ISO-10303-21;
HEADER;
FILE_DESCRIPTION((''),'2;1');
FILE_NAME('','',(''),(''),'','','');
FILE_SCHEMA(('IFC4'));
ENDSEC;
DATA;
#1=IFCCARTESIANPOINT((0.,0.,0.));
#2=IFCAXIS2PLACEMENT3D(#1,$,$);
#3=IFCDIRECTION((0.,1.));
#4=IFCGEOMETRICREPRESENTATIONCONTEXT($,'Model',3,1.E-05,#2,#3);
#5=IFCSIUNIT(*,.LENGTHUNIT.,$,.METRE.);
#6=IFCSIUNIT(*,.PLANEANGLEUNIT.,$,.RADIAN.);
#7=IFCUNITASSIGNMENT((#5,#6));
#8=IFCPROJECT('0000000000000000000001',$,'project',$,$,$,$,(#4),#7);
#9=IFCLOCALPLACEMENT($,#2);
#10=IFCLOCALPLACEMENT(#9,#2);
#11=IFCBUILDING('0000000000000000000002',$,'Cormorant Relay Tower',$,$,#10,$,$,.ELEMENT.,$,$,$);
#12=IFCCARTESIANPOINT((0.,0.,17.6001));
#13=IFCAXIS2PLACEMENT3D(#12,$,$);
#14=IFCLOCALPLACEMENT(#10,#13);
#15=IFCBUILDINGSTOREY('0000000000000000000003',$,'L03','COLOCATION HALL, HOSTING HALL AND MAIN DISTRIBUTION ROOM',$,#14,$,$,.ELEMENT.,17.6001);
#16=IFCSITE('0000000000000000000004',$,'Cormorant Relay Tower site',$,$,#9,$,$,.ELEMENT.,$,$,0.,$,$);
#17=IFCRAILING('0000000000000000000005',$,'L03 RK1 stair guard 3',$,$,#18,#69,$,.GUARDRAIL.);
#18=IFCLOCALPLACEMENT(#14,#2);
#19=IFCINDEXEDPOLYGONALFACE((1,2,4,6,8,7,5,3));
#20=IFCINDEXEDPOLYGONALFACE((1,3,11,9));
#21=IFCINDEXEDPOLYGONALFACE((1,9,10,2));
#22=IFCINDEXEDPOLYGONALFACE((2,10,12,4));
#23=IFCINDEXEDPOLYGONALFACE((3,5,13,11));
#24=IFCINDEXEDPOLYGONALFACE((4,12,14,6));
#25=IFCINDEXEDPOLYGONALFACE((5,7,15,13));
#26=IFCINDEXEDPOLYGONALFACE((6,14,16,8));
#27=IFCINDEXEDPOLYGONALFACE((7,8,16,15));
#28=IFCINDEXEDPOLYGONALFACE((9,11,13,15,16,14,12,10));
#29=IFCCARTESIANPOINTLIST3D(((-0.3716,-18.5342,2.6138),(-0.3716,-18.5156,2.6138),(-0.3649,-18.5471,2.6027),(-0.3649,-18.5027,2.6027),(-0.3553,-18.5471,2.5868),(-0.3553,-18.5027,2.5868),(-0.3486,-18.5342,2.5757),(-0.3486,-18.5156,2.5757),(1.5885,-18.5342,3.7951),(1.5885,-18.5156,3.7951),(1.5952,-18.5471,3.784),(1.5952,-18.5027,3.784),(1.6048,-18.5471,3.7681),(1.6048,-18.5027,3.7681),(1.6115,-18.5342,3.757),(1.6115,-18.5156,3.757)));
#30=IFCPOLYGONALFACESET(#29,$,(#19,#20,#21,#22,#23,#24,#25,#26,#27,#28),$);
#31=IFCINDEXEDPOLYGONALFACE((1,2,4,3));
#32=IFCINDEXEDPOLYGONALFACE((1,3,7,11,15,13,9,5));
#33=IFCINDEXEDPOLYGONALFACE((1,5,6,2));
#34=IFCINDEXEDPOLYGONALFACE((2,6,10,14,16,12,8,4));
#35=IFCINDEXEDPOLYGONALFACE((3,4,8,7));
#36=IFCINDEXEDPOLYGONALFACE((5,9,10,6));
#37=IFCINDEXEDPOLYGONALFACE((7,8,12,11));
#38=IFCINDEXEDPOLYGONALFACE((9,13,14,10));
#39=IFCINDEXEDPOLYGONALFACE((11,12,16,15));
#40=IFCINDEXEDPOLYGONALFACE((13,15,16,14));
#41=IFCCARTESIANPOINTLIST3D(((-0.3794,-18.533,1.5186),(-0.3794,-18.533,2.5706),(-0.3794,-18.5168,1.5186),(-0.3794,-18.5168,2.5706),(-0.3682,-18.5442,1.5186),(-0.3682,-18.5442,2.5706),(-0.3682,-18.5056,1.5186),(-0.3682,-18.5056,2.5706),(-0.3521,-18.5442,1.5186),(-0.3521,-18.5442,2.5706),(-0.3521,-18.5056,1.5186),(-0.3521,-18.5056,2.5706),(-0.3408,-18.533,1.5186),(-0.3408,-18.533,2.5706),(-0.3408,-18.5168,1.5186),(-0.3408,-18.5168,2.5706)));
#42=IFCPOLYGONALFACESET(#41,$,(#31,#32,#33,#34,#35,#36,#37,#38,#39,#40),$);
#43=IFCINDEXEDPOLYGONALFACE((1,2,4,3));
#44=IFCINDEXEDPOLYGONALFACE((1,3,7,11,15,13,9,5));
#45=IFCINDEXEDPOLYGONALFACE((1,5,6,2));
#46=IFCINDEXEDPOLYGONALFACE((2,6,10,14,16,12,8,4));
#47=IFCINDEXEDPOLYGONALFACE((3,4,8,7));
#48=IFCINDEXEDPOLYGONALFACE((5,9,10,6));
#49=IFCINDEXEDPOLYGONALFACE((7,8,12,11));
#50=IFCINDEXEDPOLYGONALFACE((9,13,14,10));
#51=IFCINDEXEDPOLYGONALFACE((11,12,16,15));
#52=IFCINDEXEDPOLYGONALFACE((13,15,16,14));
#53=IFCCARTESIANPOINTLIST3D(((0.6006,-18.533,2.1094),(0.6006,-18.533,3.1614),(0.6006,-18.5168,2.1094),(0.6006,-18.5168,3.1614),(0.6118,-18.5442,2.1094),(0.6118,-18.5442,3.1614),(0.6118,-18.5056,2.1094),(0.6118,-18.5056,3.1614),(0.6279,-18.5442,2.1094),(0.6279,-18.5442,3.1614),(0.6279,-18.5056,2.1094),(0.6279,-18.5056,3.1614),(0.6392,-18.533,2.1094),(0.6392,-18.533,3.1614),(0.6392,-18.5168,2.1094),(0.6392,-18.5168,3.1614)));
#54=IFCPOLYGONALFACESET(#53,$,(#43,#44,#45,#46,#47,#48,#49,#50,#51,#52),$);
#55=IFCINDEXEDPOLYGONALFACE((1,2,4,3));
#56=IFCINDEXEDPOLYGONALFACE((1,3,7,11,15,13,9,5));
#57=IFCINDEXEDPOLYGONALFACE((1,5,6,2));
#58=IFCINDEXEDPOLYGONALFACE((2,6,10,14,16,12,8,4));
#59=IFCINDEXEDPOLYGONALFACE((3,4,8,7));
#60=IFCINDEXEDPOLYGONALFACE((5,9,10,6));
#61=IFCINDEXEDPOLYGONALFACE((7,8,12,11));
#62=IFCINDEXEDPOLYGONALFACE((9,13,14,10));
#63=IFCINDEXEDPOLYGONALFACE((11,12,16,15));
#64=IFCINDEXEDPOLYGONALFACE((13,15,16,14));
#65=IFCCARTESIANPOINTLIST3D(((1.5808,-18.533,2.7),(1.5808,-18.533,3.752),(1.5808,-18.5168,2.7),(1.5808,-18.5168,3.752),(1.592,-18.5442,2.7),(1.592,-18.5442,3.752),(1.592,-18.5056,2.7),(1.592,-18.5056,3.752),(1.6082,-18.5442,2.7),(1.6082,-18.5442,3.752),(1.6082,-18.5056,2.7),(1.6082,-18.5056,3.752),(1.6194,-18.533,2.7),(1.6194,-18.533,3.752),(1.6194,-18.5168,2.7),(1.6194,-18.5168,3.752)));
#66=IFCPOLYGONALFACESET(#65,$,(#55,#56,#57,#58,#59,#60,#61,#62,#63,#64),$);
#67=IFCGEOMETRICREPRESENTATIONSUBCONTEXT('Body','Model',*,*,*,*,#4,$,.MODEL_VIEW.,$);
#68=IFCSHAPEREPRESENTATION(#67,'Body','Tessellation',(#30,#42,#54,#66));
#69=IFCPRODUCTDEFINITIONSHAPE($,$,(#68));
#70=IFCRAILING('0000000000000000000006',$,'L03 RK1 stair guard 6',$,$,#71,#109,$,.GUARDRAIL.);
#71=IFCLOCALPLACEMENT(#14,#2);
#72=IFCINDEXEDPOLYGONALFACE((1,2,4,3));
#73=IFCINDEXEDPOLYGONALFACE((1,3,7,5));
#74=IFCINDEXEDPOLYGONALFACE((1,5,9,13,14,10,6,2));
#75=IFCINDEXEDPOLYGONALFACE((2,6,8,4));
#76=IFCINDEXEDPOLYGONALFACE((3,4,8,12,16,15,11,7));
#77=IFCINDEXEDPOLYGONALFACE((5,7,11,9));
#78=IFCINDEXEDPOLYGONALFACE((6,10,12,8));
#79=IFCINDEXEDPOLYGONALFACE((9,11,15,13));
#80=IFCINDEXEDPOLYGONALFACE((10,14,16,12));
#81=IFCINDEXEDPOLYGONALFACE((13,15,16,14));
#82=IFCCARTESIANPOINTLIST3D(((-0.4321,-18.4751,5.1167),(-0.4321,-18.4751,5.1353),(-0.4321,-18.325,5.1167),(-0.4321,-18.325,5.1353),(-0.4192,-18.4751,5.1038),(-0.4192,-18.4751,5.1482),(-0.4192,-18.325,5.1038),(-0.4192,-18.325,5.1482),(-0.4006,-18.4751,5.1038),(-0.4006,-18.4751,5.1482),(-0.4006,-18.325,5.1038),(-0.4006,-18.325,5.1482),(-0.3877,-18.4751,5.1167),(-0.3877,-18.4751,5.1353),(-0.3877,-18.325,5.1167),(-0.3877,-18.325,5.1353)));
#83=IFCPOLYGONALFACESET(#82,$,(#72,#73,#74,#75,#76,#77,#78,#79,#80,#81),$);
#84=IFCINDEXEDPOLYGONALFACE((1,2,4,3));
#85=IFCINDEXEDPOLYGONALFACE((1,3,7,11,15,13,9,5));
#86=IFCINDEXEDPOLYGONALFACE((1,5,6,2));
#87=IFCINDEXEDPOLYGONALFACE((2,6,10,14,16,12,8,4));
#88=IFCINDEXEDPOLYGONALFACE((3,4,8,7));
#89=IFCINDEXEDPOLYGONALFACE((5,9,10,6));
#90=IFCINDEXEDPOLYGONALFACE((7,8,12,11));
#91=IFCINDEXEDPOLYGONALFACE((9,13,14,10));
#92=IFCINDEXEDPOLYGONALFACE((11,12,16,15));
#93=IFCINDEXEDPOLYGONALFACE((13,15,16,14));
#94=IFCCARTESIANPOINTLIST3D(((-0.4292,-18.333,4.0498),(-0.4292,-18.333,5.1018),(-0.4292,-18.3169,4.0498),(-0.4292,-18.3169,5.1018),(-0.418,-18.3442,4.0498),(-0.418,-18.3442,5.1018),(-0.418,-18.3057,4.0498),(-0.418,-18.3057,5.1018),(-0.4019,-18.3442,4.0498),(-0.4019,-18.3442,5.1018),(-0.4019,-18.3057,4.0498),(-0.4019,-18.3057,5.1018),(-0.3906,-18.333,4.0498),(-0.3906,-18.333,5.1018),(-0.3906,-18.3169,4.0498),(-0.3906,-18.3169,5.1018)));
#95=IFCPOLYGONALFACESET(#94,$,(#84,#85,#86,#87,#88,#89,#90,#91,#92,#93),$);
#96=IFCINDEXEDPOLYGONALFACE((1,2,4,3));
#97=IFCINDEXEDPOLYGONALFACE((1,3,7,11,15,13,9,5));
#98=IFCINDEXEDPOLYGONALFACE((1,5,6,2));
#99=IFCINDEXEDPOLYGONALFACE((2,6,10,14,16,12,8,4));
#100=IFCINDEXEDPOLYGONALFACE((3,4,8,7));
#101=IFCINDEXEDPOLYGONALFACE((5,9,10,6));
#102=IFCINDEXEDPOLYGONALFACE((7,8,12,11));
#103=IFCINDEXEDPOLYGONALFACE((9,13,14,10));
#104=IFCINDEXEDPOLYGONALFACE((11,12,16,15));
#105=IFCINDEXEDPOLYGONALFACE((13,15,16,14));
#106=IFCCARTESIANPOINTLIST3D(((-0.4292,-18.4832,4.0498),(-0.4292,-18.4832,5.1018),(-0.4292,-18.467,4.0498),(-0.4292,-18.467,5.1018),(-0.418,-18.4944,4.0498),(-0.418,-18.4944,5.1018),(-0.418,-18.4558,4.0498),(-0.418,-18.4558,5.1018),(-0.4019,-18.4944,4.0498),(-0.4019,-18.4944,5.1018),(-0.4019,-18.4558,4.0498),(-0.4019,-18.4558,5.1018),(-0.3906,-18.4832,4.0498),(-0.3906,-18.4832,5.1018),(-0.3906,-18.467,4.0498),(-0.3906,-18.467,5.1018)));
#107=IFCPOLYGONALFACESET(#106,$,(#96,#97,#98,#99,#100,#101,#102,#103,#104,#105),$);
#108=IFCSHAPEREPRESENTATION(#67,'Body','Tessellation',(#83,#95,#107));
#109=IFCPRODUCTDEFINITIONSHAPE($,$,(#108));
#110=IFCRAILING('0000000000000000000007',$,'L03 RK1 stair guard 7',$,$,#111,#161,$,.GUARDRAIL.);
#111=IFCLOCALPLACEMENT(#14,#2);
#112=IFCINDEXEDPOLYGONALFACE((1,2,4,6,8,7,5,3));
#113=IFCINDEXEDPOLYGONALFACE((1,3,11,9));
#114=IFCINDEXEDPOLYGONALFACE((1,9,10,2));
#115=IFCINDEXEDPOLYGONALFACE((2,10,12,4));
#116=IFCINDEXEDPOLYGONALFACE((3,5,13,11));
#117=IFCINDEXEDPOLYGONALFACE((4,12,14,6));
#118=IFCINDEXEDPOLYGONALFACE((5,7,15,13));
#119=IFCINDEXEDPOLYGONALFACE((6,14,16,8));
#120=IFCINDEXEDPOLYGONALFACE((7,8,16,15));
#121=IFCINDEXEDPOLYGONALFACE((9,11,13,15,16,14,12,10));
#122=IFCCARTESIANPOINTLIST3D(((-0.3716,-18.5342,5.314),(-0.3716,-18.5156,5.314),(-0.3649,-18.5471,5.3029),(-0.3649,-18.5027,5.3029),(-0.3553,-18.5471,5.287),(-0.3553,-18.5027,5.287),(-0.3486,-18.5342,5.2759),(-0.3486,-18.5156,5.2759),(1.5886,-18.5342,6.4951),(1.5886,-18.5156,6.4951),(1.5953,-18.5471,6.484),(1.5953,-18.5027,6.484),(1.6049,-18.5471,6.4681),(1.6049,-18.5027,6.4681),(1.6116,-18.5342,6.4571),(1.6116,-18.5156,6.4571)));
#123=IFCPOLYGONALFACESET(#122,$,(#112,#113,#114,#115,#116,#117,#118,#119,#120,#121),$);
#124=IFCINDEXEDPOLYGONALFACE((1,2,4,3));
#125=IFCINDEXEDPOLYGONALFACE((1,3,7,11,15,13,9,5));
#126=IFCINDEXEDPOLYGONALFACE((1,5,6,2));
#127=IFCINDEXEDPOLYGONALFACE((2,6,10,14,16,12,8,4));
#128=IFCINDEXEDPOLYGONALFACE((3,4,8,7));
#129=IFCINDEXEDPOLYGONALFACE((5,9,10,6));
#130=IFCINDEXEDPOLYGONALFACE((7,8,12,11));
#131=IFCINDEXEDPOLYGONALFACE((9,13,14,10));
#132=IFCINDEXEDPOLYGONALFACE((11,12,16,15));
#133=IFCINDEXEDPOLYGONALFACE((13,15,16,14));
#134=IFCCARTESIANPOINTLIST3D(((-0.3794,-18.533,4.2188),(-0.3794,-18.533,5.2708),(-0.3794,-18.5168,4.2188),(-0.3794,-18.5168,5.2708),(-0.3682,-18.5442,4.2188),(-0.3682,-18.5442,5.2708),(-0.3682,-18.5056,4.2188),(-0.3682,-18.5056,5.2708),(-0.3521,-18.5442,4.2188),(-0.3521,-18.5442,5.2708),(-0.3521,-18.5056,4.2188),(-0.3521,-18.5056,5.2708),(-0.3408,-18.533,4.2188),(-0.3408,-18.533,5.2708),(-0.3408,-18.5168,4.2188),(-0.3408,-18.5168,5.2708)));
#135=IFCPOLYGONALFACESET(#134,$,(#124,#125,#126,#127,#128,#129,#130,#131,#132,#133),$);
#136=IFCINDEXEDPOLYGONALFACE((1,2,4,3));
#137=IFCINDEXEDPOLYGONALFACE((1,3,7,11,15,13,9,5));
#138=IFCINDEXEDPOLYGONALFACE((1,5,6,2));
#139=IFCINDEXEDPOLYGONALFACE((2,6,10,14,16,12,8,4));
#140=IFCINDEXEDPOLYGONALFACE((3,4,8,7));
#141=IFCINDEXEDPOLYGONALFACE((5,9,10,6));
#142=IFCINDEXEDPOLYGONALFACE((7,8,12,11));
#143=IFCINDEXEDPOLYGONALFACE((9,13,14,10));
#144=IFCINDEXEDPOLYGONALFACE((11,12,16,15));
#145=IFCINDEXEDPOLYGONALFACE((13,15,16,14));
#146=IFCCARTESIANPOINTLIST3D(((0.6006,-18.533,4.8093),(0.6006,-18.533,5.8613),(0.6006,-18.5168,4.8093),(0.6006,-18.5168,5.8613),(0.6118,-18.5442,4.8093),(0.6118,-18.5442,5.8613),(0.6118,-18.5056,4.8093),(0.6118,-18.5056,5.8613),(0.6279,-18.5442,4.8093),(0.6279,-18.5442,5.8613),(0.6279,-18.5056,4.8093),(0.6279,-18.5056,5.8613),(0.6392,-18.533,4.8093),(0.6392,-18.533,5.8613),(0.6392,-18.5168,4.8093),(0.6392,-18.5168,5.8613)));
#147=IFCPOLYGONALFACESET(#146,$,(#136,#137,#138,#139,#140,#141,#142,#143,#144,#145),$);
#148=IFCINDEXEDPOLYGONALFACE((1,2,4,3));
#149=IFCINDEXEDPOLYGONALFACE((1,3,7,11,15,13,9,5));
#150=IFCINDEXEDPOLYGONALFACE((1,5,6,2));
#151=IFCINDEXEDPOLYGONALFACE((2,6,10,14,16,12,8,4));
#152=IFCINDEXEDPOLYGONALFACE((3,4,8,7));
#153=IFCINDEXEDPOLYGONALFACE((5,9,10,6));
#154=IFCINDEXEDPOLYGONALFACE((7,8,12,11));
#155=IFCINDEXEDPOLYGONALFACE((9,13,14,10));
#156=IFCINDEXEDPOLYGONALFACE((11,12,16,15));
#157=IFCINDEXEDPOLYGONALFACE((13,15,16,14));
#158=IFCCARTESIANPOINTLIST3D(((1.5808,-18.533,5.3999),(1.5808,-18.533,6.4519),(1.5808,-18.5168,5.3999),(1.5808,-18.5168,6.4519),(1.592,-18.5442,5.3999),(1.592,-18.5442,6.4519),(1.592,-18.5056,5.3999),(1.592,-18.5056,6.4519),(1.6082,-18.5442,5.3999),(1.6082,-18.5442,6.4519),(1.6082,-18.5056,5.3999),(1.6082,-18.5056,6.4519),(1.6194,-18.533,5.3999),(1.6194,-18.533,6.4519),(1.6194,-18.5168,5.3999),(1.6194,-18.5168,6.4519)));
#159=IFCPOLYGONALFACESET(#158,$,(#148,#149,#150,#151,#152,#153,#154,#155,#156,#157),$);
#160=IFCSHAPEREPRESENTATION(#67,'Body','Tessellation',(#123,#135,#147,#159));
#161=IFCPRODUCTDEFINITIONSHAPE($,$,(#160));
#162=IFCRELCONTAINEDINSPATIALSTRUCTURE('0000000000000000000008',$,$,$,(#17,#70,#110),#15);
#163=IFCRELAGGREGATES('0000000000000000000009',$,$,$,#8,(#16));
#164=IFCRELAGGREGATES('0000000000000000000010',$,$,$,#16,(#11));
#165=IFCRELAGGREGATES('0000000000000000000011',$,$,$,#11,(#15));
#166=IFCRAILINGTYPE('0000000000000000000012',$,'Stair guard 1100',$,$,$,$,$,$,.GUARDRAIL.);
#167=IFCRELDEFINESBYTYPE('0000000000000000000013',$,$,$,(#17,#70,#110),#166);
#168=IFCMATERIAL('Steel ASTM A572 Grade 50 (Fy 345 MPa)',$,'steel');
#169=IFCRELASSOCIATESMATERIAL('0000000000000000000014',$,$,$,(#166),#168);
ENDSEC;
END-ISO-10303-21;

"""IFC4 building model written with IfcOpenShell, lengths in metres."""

from ifc_helpers import new_model, si_unit, direction, frame, origin, place, context, subcontext, project, spatial, polyline, outline, extrude, material, type_object, element, save


model = new_model("IFC4")

# Units and contexts
model_context = context("Model", 3, precision=1e-05, world=origin(), true_north=direction((0.0, 1.0)))
body_context = subcontext(model_context, "Body", "Model", "MODEL_VIEW")
ifc_project = project(units=[si_unit("LENGTHUNIT", "METRE"), si_unit("PLANEANGLEUNIT", "RADIAN")], contexts=[model_context])

# Site, building, storey
site_placement = place(None, origin())
site = spatial("IfcSite", under=ifc_project, at=site_placement, Name="Cormorant Relay Tower site", CompositionType="ELEMENT", RefElevation=0.0)
building_placement = place(site_placement, origin())
building = spatial("IfcBuilding", under=site, at=building_placement, Name="Cormorant Relay Tower", CompositionType="ELEMENT")
storey_placement = place(building_placement, frame((0.0, 0.0, 17.6001)))
storey = spatial("IfcBuildingStorey", under=building, at=storey_placement, Name="L03", Description="COLOCATION HALL, HOSTING HALL AND MAIN DISTRIBUTION ROOM", CompositionType="ELEMENT", Elevation=17.6001)

# Railings
ifc_material_1 = material(Name="Steel ASTM A572 Grade 50 (Fy 345 MPa)", Category="steel")
railing_type_1 = type_object("IfcRailingType", Name="Stair guard 1100", PredefinedType="GUARDRAIL", material=ifc_material_1)
railing_1_placement = place(storey_placement, frame((-0.3601, -18.5249, 1.5186)))
element("IfcRailing", 1, at=railing_1_placement, inside=storey, type_object=railing_type_1, Name="L03 RK1 stair guard 3", PredefinedType="GUARDRAIL", context=body_context, shape_type="SweptSolid", body=[
    extrude(outline(polyline([(0.0222, 0.0093), (0.0093, 0.0222), (-0.0093, 0.0222), (-0.0222, 0.0093), (-0.0222, -0.0093), (-0.0093, -0.0222), (0.0093, -0.0222), (0.0222, -0.0093), (0.0222, 0.0093)])), frame((0.0, 0.0, 1.0762), z_axis=(0.856475, 0.0, 0.516189), x_axis=(0.0, 1.0, 0.0)), (0.0, 0.0, 1.0), 2.2886),
    extrude(outline(polyline([(0.0193, 0.0081), (0.0081, 0.0193), (-0.0081, 0.0193), (-0.0193, 0.0081), (-0.0193, -0.0081), (-0.0081, -0.0193), (0.0081, -0.0193), (0.0193, -0.0081), (0.0193, 0.0081)])), origin(), (0.0, 0.0, 1.0), 1.052),
    extrude(outline(polyline([(0.0193, 0.0081), (0.0081, 0.0193), (-0.0081, 0.0193), (-0.0193, 0.0081), (-0.0193, -0.0081), (-0.0081, -0.0193), (0.0081, -0.0193), (0.0193, -0.0081), (0.0193, 0.0081)])), frame((0.98, 0.0, 0.5908)), (0.0, 0.0, 1.0), 1.052),
    extrude(outline(polyline([(0.0193, 0.0081), (0.0081, 0.0193), (-0.0081, 0.0193), (-0.0193, 0.0081), (-0.0193, -0.0081), (-0.0081, -0.0193), (0.0081, -0.0193), (0.0193, -0.0081), (0.0193, 0.0081)])), frame((1.9602, 0.0, 1.1814)), (0.0, 0.0, 1.0), 1.052),
])
railing_2_placement = place(storey_placement, frame((-0.4099, -18.325, 4.0498)))
element("IfcRailing", 2, at=railing_2_placement, inside=storey, type_object=railing_type_1, Name="L03 RK1 stair guard 6", PredefinedType="GUARDRAIL", context=body_context, shape_type="SweptSolid", body=[
    extrude(outline(polyline([(0.0222, 0.0093), (0.0093, 0.0222), (-0.0093, 0.0222), (-0.0222, 0.0093), (-0.0222, -0.0093), (-0.0093, -0.0222), (0.0093, -0.0222), (0.0222, -0.0093), (0.0222, 0.0093)])), frame((0.0, 0.0, 1.0762), z_axis=(0.0, -1.0, 0.0), x_axis=(1.0, 0.0, 0.0)), (0.0, 0.0, 1.0), 0.1501),
    extrude(outline(polyline([(0.0193, 0.0081), (0.0081, 0.0193), (-0.0081, 0.0193), (-0.0193, 0.0081), (-0.0193, -0.0081), (-0.0081, -0.0193), (0.0081, -0.0193), (0.0193, -0.0081), (0.0193, 0.0081)])), origin(), (0.0, 0.0, 1.0), 1.052),
    extrude(outline(polyline([(0.0193, 0.0081), (0.0081, 0.0193), (-0.0081, 0.0193), (-0.0193, 0.0081), (-0.0193, -0.0081), (-0.0081, -0.0193), (0.0081, -0.0193), (0.0193, -0.0081), (0.0193, 0.0081)])), frame((0.0, -0.1501, 0.0)), (0.0, 0.0, 1.0), 1.052),
])
railing_3_placement = place(storey_placement, frame((-0.3601, -18.5249, 4.2188)))
element("IfcRailing", 3, at=railing_3_placement, inside=storey, type_object=railing_type_1, Name="L03 RK1 stair guard 7", PredefinedType="GUARDRAIL", context=body_context, shape_type="SweptSolid", body=[
    extrude(outline(polyline([(0.0222, 0.0093), (0.0093, 0.0222), (-0.0093, 0.0222), (-0.0222, 0.0093), (-0.0222, -0.0093), (-0.0093, -0.0222), (0.0093, -0.0222), (0.0222, -0.0093), (0.0222, 0.0093)])), frame((0.0, 0.0, 1.0762), z_axis=(0.856522, 0.0, 0.516111), x_axis=(0.0, 1.0, 0.0)), (0.0, 0.0, 1.0), 2.2886),
    extrude(outline(polyline([(0.0193, 0.0081), (0.0081, 0.0193), (-0.0081, 0.0193), (-0.0193, 0.0081), (-0.0193, -0.0081), (-0.0081, -0.0193), (0.0081, -0.0193), (0.0193, -0.0081), (0.0193, 0.0081)])), origin(), (0.0, 0.0, 1.0), 1.052),
    extrude(outline(polyline([(0.0193, 0.0081), (0.0081, 0.0193), (-0.0081, 0.0193), (-0.0193, 0.0081), (-0.0193, -0.0081), (-0.0081, -0.0193), (0.0081, -0.0193), (0.0193, -0.0081), (0.0193, 0.0081)])), frame((0.98, 0.0, 0.5906)), (0.0, 0.0, 1.0), 1.052),
    extrude(outline(polyline([(0.0193, 0.0081), (0.0081, 0.0193), (-0.0081, 0.0193), (-0.0193, 0.0081), (-0.0193, -0.0081), (-0.0081, -0.0193), (0.0081, -0.0193), (0.0193, -0.0081), (0.0193, 0.0081)])), frame((1.9602, 0.0, 1.1812)), (0.0, 0.0, 1.0), 1.052),
])

save(model, "model.ifc")
